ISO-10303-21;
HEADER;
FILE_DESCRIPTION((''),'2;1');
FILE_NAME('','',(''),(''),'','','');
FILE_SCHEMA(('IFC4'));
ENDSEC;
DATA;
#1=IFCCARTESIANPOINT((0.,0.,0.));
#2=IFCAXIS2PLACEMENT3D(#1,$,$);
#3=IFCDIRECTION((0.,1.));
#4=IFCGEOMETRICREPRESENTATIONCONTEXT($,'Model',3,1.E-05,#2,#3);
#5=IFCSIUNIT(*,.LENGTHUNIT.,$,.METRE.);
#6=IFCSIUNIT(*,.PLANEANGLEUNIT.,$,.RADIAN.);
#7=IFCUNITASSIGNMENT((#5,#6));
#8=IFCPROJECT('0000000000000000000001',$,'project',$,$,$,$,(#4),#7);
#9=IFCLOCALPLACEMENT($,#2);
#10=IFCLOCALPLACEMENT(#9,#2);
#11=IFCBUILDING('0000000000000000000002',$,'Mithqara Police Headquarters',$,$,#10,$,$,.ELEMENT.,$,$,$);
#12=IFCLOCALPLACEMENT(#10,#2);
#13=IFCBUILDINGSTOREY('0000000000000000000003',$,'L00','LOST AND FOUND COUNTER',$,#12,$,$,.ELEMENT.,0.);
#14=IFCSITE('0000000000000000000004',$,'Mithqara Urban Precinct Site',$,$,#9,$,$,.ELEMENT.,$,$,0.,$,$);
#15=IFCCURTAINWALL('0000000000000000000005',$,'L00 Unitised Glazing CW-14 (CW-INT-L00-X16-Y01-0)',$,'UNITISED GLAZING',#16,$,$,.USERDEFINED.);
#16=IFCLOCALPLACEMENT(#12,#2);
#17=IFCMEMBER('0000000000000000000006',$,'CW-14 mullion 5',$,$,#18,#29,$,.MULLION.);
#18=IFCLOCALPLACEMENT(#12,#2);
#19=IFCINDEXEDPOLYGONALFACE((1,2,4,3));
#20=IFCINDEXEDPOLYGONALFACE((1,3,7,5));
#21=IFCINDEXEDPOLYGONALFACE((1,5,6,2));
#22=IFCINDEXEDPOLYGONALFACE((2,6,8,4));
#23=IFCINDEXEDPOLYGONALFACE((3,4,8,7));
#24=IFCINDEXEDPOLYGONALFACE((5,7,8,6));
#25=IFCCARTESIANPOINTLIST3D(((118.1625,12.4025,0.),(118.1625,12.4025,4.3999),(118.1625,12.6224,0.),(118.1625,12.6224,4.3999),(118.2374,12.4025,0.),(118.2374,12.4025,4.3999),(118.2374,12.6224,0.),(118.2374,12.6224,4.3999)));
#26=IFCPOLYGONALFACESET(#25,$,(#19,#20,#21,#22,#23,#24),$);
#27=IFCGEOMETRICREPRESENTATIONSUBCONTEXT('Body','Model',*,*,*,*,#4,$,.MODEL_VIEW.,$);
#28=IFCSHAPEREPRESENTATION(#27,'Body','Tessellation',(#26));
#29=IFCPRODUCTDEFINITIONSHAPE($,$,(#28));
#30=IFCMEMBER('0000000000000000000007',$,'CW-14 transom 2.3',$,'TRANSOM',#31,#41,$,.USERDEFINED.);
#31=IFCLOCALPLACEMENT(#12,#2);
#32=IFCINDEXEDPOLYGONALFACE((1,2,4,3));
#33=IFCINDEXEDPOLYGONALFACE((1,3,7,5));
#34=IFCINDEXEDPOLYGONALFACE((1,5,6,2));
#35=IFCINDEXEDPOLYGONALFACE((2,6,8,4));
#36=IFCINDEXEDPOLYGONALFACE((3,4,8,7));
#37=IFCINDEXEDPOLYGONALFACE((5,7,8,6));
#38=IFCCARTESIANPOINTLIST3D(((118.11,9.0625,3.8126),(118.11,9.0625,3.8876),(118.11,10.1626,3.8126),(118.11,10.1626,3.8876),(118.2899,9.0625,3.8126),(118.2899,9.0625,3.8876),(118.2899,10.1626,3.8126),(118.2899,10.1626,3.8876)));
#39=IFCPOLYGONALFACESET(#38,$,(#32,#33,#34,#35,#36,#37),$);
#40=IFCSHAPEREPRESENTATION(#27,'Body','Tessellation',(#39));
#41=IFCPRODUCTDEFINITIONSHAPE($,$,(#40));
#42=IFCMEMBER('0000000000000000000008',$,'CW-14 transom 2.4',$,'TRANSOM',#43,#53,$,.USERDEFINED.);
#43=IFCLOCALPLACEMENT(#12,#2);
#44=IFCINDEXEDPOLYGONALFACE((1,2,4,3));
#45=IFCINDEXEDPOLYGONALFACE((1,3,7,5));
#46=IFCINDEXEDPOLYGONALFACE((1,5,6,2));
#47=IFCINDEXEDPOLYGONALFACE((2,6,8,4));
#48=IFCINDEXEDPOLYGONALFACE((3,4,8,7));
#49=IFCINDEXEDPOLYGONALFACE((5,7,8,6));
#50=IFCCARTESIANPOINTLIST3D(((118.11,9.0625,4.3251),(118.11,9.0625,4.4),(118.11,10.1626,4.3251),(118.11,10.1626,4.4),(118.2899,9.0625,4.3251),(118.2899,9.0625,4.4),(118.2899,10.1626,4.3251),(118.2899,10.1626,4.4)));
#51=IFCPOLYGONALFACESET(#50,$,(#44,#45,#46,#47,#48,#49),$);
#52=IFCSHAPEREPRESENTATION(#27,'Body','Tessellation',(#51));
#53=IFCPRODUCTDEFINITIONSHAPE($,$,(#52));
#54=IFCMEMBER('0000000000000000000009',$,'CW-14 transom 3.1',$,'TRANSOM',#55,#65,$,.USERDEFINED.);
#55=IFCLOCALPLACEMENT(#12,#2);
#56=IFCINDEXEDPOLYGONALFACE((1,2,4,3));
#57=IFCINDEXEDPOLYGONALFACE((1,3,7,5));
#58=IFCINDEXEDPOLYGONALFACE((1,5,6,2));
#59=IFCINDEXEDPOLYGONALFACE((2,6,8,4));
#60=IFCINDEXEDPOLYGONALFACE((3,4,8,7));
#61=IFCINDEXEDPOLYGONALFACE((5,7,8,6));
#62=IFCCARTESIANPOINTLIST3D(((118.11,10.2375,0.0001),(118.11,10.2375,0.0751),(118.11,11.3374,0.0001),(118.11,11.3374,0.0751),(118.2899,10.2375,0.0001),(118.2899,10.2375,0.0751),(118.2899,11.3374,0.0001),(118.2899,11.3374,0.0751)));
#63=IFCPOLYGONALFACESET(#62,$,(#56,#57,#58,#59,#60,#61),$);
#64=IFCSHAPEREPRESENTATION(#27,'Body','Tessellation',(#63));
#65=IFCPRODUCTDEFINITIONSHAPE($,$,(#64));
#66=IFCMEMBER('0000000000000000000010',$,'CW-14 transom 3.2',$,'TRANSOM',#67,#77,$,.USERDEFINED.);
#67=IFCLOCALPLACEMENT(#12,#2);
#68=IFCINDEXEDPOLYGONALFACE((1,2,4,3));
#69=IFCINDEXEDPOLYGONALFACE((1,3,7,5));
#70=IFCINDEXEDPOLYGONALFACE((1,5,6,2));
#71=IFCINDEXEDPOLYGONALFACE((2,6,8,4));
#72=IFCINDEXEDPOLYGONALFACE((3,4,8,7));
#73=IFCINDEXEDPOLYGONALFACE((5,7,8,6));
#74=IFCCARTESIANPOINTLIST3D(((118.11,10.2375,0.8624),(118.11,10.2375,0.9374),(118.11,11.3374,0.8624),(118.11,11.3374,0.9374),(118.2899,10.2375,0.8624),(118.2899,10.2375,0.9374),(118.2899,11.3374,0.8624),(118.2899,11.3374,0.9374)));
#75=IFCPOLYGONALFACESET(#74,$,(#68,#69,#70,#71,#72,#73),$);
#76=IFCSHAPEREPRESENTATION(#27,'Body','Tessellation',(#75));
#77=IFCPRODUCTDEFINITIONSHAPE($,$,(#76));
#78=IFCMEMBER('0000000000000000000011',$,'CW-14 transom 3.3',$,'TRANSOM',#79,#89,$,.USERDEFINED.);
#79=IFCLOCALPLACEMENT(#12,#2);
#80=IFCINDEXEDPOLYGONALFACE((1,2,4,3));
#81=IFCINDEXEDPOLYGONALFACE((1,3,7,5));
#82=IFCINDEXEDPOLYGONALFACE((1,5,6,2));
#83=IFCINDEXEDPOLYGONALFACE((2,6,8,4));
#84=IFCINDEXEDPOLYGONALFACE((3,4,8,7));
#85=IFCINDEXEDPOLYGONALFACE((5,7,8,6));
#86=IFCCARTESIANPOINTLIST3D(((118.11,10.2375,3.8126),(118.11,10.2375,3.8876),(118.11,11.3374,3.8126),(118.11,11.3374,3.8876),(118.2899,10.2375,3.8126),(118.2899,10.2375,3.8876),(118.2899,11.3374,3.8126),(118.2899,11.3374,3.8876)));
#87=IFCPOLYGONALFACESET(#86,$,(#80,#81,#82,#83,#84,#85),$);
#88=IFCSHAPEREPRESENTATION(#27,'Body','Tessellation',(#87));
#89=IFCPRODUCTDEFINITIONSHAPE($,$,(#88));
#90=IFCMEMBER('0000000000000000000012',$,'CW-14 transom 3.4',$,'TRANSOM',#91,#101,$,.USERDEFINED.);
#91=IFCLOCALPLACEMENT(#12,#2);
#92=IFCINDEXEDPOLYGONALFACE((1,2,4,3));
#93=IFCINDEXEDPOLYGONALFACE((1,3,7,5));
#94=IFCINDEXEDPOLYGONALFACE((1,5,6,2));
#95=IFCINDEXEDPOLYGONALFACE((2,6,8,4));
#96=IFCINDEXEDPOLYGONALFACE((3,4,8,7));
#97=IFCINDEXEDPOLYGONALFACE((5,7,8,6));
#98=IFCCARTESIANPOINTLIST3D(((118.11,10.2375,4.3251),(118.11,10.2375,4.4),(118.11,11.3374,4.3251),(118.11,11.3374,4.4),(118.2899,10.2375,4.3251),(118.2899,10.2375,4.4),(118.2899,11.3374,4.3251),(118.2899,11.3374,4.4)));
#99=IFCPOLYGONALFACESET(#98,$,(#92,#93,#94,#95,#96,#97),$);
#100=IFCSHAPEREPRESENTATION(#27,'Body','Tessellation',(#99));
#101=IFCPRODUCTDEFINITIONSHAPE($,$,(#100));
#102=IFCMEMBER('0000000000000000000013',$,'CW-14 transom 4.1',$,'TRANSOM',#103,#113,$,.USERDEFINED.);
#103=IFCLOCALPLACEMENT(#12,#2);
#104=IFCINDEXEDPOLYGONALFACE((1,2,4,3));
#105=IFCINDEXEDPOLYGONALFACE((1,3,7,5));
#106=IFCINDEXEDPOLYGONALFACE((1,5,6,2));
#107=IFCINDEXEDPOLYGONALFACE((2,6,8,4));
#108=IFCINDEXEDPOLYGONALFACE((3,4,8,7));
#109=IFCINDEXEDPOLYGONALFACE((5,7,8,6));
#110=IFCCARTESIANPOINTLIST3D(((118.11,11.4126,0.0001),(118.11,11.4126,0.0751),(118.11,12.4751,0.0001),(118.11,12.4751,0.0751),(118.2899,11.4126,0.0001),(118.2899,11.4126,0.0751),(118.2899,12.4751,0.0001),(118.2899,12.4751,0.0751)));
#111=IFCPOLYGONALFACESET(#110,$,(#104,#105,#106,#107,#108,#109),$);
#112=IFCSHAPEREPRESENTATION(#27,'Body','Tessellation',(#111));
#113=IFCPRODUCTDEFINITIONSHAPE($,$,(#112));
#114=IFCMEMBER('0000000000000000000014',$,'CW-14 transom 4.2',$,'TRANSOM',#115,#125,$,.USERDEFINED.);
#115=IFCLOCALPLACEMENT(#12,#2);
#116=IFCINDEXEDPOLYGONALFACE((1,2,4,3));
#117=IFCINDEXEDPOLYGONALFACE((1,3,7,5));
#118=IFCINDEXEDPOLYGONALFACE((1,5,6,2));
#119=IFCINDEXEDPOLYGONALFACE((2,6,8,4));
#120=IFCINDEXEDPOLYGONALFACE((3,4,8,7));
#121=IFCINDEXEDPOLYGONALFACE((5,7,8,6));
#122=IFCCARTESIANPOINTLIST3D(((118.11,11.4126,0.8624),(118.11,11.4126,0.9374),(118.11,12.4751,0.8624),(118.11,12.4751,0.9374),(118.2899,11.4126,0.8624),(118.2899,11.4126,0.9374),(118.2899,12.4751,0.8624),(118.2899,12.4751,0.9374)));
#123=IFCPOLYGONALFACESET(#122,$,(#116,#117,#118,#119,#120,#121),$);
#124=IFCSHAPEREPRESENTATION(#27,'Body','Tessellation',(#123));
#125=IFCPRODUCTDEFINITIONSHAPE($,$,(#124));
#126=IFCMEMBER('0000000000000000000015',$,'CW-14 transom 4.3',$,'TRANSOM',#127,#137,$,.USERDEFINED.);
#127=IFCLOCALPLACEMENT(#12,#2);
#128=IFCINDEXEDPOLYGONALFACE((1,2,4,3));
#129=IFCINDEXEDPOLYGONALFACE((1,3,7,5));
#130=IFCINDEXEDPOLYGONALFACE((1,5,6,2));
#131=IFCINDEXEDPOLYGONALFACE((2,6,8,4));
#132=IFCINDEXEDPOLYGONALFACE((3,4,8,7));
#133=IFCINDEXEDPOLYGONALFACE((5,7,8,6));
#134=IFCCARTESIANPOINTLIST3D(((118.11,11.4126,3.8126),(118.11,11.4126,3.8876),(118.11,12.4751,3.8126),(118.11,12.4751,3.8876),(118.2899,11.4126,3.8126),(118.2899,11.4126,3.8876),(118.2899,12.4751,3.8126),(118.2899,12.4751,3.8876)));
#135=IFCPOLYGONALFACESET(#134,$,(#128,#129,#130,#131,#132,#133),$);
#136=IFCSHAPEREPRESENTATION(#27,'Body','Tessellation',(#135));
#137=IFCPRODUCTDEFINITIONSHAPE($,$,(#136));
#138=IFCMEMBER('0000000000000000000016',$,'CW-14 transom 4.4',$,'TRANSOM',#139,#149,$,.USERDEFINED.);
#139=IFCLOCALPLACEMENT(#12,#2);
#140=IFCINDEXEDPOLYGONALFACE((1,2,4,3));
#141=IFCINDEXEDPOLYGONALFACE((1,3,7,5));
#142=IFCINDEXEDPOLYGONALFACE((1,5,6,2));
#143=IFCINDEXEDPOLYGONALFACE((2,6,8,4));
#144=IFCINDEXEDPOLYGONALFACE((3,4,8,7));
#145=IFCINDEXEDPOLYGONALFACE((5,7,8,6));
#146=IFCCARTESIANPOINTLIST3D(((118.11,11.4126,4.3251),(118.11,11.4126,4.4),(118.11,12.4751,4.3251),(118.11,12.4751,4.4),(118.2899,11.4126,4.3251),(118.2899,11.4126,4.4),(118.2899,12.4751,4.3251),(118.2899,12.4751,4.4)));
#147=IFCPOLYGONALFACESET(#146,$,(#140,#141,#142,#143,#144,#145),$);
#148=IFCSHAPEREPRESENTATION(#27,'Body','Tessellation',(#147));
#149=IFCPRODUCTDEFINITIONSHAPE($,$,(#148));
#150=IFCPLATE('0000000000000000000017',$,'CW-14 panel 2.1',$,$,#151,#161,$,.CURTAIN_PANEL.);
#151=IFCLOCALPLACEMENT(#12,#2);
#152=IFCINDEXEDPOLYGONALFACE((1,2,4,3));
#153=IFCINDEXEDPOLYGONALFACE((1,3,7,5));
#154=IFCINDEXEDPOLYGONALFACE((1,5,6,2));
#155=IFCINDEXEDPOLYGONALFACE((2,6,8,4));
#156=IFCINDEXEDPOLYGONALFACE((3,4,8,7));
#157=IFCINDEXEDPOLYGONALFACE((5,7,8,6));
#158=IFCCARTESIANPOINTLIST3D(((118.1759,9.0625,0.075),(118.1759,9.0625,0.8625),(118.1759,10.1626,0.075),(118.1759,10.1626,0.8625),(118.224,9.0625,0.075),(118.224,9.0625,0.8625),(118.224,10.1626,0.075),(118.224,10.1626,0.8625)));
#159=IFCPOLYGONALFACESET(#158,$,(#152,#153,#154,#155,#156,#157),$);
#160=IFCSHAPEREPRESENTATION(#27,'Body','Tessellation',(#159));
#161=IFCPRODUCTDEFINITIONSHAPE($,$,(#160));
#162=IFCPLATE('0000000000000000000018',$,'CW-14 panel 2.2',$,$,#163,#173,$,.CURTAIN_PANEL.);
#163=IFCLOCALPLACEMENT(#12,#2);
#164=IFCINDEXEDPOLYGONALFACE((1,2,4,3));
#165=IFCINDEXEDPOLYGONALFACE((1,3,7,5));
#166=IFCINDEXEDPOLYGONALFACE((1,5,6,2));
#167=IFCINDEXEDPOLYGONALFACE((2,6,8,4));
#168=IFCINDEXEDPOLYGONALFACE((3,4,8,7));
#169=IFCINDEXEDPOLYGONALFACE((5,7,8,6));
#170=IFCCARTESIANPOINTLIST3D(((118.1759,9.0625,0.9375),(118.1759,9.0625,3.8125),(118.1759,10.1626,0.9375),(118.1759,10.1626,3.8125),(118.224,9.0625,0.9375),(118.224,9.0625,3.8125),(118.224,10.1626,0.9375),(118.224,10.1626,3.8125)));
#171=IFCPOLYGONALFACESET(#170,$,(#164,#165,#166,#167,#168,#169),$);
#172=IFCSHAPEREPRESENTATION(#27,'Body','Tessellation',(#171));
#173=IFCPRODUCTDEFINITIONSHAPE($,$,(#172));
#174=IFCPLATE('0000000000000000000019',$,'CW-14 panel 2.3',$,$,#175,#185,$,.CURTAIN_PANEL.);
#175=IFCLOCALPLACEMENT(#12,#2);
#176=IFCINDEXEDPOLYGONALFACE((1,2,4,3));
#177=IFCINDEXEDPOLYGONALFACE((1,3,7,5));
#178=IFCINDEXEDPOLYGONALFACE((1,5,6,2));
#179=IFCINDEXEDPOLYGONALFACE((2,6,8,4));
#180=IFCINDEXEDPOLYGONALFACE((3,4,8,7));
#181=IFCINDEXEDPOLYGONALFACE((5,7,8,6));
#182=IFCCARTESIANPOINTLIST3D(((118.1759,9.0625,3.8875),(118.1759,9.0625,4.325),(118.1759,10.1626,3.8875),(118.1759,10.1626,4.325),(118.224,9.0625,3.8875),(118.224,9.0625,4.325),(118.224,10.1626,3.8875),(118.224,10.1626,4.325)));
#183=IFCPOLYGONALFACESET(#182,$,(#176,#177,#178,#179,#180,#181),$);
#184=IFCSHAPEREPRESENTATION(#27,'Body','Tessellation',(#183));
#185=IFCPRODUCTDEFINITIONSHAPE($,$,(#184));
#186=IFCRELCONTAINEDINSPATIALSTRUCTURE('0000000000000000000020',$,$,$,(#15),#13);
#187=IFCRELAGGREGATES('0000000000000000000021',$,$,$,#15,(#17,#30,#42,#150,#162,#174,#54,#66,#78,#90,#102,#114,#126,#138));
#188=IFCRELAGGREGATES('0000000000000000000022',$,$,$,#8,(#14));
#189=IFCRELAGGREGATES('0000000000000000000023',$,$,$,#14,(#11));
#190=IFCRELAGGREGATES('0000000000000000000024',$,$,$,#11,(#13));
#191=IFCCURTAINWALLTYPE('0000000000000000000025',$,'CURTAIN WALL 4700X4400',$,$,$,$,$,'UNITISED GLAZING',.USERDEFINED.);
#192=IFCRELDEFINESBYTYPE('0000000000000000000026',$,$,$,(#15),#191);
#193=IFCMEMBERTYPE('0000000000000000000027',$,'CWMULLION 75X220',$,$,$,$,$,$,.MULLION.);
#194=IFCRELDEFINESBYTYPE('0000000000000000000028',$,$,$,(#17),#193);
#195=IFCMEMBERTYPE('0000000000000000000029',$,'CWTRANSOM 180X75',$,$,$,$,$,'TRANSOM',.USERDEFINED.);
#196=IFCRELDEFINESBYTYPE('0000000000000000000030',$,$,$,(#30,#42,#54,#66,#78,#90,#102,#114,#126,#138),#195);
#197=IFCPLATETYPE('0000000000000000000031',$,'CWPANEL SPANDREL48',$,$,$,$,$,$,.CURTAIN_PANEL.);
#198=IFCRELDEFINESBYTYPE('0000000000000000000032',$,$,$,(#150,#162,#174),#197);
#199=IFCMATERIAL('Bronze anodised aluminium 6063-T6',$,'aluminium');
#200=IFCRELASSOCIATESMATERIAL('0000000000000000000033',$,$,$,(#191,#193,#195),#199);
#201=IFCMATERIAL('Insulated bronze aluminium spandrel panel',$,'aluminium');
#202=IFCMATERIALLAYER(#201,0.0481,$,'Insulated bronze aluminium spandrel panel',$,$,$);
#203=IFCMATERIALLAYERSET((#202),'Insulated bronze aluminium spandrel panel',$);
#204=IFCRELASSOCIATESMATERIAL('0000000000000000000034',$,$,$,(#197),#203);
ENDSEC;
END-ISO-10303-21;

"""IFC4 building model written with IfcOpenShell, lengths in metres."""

from ifc_helpers import new_model, si_unit, direction, frame, origin, origin_2d, place, context, subcontext, project, spatial, rectangle, extrude, material, layer, layer_set, material_profile, profile_set, type_object, element, aggregate, save


model = new_model("IFC4")

# Units and contexts
model_context = context("Model", 3, precision=1e-05, world=origin(), true_north=direction((0.0, 1.0)))
body_context = subcontext(model_context, "Body", "Model", "MODEL_VIEW")
ifc_project = project(units=[si_unit("LENGTHUNIT", "METRE"), si_unit("PLANEANGLEUNIT", "RADIAN")], contexts=[model_context])

# Site, building, storey
site_placement = place(None, origin())
site = spatial("IfcSite", under=ifc_project, at=site_placement, Name="Mithqara Urban Precinct Site", CompositionType="ELEMENT", RefElevation=0.0)
building_placement = place(site_placement, origin())
building = spatial("IfcBuilding", under=site, at=building_placement, Name="Mithqara Police Headquarters", CompositionType="ELEMENT")
storey_placement = place(building_placement, origin())
storey = spatial("IfcBuildingStorey", under=building, at=storey_placement, Name="L00", Description="LOST AND FOUND COUNTER", CompositionType="ELEMENT", Elevation=0.0)

# Curtain wall, members, plates
ifc_material_1 = material(Name="Bronze anodised aluminium 6063-T6", Category="aluminium")
curtain_wall_type = type_object("IfcCurtainWallType", Name="CURTAIN WALL 4700X4400", ElementType="UNITISED GLAZING", PredefinedType="USERDEFINED", material=ifc_material_1)
curtain_wall_placement = place(storey_placement, origin())
curtain_wall = element("IfcCurtainWall", 1, at=curtain_wall_placement, inside=storey, type_object=curtain_wall_type, Name="L00 Unitised Glazing CW-14 (CW-INT-L00-X16-Y01-0)", ObjectType="UNITISED GLAZING", PredefinedType="USERDEFINED")
ifc_material_profile_1 = material_profile(ifc_material_1, rectangle(XDim=0.075, YDim=0.22, at=origin_2d()), Name="CWM 75x220")
ifc_profile_set_1 = profile_set([ifc_material_profile_1], Name="Bronze anodised aluminium 6063-T6")
member_type_1 = type_object("IfcMemberType", Name="CWMULLION 75X220", PredefinedType="MULLION", material=ifc_profile_set_1)
member_1_placement = place(storey_placement, frame((118.2, 12.5125, 0.0), z_axis=(0.0, 0.0, 1.0), x_axis=(-1.0, 0.0, 0.0)))
member_1 = element("IfcMember", 2, at=member_1_placement, type_object=member_type_1, Name="CW-14 mullion 5", PredefinedType="MULLION", context=body_context, shape_type="SweptSolid", body=[
    extrude(rectangle(XDim=0.075, YDim=0.22, at=origin_2d()), origin(), (0.0, 0.0, 1.0), 4.3999),
])
ifc_material_profile_2 = material_profile(ifc_material_1, rectangle(XDim=0.1799, YDim=0.075, at=origin_2d()), Name="CWT 180x75")
ifc_profile_set_2 = profile_set([ifc_material_profile_2], Name="Bronze anodised aluminium 6063-T6")
member_type_2 = type_object("IfcMemberType", Name="CWTRANSOM 180X75", ElementType="TRANSOM", PredefinedType="USERDEFINED", material=ifc_profile_set_2)
member_2_placement = place(storey_placement, frame((118.2, 9.0625, 3.8501), z_axis=(0.0, 1.0, 0.0), x_axis=(-1.0, 0.0, 0.0)))
member_2 = element("IfcMember", 3, at=member_2_placement, type_object=member_type_2, Name="CW-14 transom 2.3", ObjectType="TRANSOM", PredefinedType="USERDEFINED", context=body_context, shape_type="SweptSolid", body=[
    extrude(rectangle(XDim=0.1799, YDim=0.075, at=origin_2d()), origin(), (0.0, 0.0, 1.0), 1.1001),
])
member_3_placement = place(storey_placement, frame((118.2, 9.0625, 4.3625), z_axis=(0.0, 1.0, 0.0), x_axis=(-1.0, 0.0, 0.0)))
member_3 = element("IfcMember", 4, at=member_3_placement, type_object=member_type_2, Name="CW-14 transom 2.4", ObjectType="TRANSOM", PredefinedType="USERDEFINED", context=body_context, shape_type="SweptSolid", body=[
    extrude(rectangle(XDim=0.1799, YDim=0.075, at=origin_2d()), origin(), (0.0, 0.0, 1.0), 1.1001),
])
member_4_placement = place(storey_placement, frame((118.2, 10.2375, 0.0376), z_axis=(0.0, 1.0, 0.0), x_axis=(-1.0, 0.0, 0.0)))
member_4 = element("IfcMember", 5, at=member_4_placement, type_object=member_type_2, Name="CW-14 transom 3.1", ObjectType="TRANSOM", PredefinedType="USERDEFINED", context=body_context, shape_type="SweptSolid", body=[
    extrude(rectangle(XDim=0.1799, YDim=0.075, at=origin_2d()), origin(), (0.0, 0.0, 1.0), 1.0999),
])
member_5_placement = place(storey_placement, frame((118.2, 10.2375, 0.8999), z_axis=(0.0, 1.0, 0.0), x_axis=(-1.0, 0.0, 0.0)))
member_5 = element("IfcMember", 6, at=member_5_placement, type_object=member_type_2, Name="CW-14 transom 3.2", ObjectType="TRANSOM", PredefinedType="USERDEFINED", context=body_context, shape_type="SweptSolid", body=[
    extrude(rectangle(XDim=0.1799, YDim=0.075, at=origin_2d()), origin(), (0.0, 0.0, 1.0), 1.0999),
])
member_6_placement = place(storey_placement, frame((118.2, 10.2375, 3.8501), z_axis=(0.0, 1.0, 0.0), x_axis=(-1.0, 0.0, 0.0)))
member_6 = element("IfcMember", 7, at=member_6_placement, type_object=member_type_2, Name="CW-14 transom 3.3", ObjectType="TRANSOM", PredefinedType="USERDEFINED", context=body_context, shape_type="SweptSolid", body=[
    extrude(rectangle(XDim=0.1799, YDim=0.075, at=origin_2d()), origin(), (0.0, 0.0, 1.0), 1.0999),
])
member_7_placement = place(storey_placement, frame((118.2, 10.2375, 4.3625), z_axis=(0.0, 1.0, 0.0), x_axis=(-1.0, 0.0, 0.0)))
member_7 = element("IfcMember", 8, at=member_7_placement, type_object=member_type_2, Name="CW-14 transom 3.4", ObjectType="TRANSOM", PredefinedType="USERDEFINED", context=body_context, shape_type="SweptSolid", body=[
    extrude(rectangle(XDim=0.1799, YDim=0.075, at=origin_2d()), origin(), (0.0, 0.0, 1.0), 1.0999),
])
member_8_placement = place(storey_placement, frame((118.2, 11.4126, 0.0376), z_axis=(0.0, 1.0, 0.0), x_axis=(-1.0, 0.0, 0.0)))
member_8 = element("IfcMember", 9, at=member_8_placement, type_object=member_type_2, Name="CW-14 transom 4.1", ObjectType="TRANSOM", PredefinedType="USERDEFINED", context=body_context, shape_type="SweptSolid", body=[
    extrude(rectangle(XDim=0.1799, YDim=0.075, at=origin_2d()), origin(), (0.0, 0.0, 1.0), 1.0625),
])
member_9_placement = place(storey_placement, frame((118.2, 11.4126, 0.8999), z_axis=(0.0, 1.0, 0.0), x_axis=(-1.0, 0.0, 0.0)))
member_9 = element("IfcMember", 10, at=member_9_placement, type_object=member_type_2, Name="CW-14 transom 4.2", ObjectType="TRANSOM", PredefinedType="USERDEFINED", context=body_context, shape_type="SweptSolid", body=[
    extrude(rectangle(XDim=0.1799, YDim=0.075, at=origin_2d()), origin(), (0.0, 0.0, 1.0), 1.0625),
])
member_10_placement = place(storey_placement, frame((118.2, 11.4126, 3.8501), z_axis=(0.0, 1.0, 0.0), x_axis=(-1.0, 0.0, 0.0)))
member_10 = element("IfcMember", 11, at=member_10_placement, type_object=member_type_2, Name="CW-14 transom 4.3", ObjectType="TRANSOM", PredefinedType="USERDEFINED", context=body_context, shape_type="SweptSolid", body=[
    extrude(rectangle(XDim=0.1799, YDim=0.075, at=origin_2d()), origin(), (0.0, 0.0, 1.0), 1.0625),
])
member_11_placement = place(storey_placement, frame((118.2, 11.4126, 4.3625), z_axis=(0.0, 1.0, 0.0), x_axis=(-1.0, 0.0, 0.0)))
member_11 = element("IfcMember", 12, at=member_11_placement, type_object=member_type_2, Name="CW-14 transom 4.4", ObjectType="TRANSOM", PredefinedType="USERDEFINED", context=body_context, shape_type="SweptSolid", body=[
    extrude(rectangle(XDim=0.1799, YDim=0.075, at=origin_2d()), origin(), (0.0, 0.0, 1.0), 1.0625),
])
ifc_material_2 = material(Name="Insulated bronze aluminium spandrel panel", Category="aluminium")
ifc_layer_1 = layer(ifc_material_2, 0.0481, Name="Insulated bronze aluminium spandrel panel")
ifc_layer_set_1 = layer_set([ifc_layer_1], Name="Insulated bronze aluminium spandrel panel")
plate_type = type_object("IfcPlateType", Name="CWPANEL SPANDREL48", PredefinedType="CURTAIN_PANEL", material=ifc_layer_set_1)
plate_1_placement = place(storey_placement, frame((118.2, 9.6125, 0.075), z_axis=(0.0, 0.0, 1.0), x_axis=(0.0, 1.0, 0.0)))
plate_1 = element("IfcPlate", 13, at=plate_1_placement, type_object=plate_type, Name="CW-14 panel 2.1", PredefinedType="CURTAIN_PANEL", context=body_context, shape_type="SweptSolid", body=[
    extrude(rectangle(XDim=1.1001, YDim=0.0481, at=origin_2d()), origin(), (0.0, 0.0, 1.0), 0.7876),
])
plate_2_placement = place(storey_placement, frame((118.2, 9.6125, 0.9375), z_axis=(0.0, 0.0, 1.0), x_axis=(0.0, 1.0, 0.0)))
plate_2 = element("IfcPlate", 14, at=plate_2_placement, type_object=plate_type, Name="CW-14 panel 2.2", PredefinedType="CURTAIN_PANEL", context=body_context, shape_type="SweptSolid", body=[
    extrude(rectangle(XDim=1.1001, YDim=0.0481, at=origin_2d()), origin(), (0.0, 0.0, 1.0), 2.875),
])
plate_3_placement = place(storey_placement, frame((118.2, 9.6125, 3.8875), z_axis=(0.0, 0.0, 1.0), x_axis=(0.0, 1.0, 0.0)))
plate_3 = element("IfcPlate", 15, at=plate_3_placement, type_object=plate_type, Name="CW-14 panel 2.3", PredefinedType="CURTAIN_PANEL", context=body_context, shape_type="SweptSolid", body=[
    extrude(rectangle(XDim=1.1001, YDim=0.0481, at=origin_2d()), origin(), (0.0, 0.0, 1.0), 0.4375),
])
aggregate(curtain_wall, [member_1, member_2, member_3, plate_1, plate_2, plate_3, member_4, member_5, member_6, member_7, member_8, member_9, member_10, member_11])

save(model, "model.ifc")
